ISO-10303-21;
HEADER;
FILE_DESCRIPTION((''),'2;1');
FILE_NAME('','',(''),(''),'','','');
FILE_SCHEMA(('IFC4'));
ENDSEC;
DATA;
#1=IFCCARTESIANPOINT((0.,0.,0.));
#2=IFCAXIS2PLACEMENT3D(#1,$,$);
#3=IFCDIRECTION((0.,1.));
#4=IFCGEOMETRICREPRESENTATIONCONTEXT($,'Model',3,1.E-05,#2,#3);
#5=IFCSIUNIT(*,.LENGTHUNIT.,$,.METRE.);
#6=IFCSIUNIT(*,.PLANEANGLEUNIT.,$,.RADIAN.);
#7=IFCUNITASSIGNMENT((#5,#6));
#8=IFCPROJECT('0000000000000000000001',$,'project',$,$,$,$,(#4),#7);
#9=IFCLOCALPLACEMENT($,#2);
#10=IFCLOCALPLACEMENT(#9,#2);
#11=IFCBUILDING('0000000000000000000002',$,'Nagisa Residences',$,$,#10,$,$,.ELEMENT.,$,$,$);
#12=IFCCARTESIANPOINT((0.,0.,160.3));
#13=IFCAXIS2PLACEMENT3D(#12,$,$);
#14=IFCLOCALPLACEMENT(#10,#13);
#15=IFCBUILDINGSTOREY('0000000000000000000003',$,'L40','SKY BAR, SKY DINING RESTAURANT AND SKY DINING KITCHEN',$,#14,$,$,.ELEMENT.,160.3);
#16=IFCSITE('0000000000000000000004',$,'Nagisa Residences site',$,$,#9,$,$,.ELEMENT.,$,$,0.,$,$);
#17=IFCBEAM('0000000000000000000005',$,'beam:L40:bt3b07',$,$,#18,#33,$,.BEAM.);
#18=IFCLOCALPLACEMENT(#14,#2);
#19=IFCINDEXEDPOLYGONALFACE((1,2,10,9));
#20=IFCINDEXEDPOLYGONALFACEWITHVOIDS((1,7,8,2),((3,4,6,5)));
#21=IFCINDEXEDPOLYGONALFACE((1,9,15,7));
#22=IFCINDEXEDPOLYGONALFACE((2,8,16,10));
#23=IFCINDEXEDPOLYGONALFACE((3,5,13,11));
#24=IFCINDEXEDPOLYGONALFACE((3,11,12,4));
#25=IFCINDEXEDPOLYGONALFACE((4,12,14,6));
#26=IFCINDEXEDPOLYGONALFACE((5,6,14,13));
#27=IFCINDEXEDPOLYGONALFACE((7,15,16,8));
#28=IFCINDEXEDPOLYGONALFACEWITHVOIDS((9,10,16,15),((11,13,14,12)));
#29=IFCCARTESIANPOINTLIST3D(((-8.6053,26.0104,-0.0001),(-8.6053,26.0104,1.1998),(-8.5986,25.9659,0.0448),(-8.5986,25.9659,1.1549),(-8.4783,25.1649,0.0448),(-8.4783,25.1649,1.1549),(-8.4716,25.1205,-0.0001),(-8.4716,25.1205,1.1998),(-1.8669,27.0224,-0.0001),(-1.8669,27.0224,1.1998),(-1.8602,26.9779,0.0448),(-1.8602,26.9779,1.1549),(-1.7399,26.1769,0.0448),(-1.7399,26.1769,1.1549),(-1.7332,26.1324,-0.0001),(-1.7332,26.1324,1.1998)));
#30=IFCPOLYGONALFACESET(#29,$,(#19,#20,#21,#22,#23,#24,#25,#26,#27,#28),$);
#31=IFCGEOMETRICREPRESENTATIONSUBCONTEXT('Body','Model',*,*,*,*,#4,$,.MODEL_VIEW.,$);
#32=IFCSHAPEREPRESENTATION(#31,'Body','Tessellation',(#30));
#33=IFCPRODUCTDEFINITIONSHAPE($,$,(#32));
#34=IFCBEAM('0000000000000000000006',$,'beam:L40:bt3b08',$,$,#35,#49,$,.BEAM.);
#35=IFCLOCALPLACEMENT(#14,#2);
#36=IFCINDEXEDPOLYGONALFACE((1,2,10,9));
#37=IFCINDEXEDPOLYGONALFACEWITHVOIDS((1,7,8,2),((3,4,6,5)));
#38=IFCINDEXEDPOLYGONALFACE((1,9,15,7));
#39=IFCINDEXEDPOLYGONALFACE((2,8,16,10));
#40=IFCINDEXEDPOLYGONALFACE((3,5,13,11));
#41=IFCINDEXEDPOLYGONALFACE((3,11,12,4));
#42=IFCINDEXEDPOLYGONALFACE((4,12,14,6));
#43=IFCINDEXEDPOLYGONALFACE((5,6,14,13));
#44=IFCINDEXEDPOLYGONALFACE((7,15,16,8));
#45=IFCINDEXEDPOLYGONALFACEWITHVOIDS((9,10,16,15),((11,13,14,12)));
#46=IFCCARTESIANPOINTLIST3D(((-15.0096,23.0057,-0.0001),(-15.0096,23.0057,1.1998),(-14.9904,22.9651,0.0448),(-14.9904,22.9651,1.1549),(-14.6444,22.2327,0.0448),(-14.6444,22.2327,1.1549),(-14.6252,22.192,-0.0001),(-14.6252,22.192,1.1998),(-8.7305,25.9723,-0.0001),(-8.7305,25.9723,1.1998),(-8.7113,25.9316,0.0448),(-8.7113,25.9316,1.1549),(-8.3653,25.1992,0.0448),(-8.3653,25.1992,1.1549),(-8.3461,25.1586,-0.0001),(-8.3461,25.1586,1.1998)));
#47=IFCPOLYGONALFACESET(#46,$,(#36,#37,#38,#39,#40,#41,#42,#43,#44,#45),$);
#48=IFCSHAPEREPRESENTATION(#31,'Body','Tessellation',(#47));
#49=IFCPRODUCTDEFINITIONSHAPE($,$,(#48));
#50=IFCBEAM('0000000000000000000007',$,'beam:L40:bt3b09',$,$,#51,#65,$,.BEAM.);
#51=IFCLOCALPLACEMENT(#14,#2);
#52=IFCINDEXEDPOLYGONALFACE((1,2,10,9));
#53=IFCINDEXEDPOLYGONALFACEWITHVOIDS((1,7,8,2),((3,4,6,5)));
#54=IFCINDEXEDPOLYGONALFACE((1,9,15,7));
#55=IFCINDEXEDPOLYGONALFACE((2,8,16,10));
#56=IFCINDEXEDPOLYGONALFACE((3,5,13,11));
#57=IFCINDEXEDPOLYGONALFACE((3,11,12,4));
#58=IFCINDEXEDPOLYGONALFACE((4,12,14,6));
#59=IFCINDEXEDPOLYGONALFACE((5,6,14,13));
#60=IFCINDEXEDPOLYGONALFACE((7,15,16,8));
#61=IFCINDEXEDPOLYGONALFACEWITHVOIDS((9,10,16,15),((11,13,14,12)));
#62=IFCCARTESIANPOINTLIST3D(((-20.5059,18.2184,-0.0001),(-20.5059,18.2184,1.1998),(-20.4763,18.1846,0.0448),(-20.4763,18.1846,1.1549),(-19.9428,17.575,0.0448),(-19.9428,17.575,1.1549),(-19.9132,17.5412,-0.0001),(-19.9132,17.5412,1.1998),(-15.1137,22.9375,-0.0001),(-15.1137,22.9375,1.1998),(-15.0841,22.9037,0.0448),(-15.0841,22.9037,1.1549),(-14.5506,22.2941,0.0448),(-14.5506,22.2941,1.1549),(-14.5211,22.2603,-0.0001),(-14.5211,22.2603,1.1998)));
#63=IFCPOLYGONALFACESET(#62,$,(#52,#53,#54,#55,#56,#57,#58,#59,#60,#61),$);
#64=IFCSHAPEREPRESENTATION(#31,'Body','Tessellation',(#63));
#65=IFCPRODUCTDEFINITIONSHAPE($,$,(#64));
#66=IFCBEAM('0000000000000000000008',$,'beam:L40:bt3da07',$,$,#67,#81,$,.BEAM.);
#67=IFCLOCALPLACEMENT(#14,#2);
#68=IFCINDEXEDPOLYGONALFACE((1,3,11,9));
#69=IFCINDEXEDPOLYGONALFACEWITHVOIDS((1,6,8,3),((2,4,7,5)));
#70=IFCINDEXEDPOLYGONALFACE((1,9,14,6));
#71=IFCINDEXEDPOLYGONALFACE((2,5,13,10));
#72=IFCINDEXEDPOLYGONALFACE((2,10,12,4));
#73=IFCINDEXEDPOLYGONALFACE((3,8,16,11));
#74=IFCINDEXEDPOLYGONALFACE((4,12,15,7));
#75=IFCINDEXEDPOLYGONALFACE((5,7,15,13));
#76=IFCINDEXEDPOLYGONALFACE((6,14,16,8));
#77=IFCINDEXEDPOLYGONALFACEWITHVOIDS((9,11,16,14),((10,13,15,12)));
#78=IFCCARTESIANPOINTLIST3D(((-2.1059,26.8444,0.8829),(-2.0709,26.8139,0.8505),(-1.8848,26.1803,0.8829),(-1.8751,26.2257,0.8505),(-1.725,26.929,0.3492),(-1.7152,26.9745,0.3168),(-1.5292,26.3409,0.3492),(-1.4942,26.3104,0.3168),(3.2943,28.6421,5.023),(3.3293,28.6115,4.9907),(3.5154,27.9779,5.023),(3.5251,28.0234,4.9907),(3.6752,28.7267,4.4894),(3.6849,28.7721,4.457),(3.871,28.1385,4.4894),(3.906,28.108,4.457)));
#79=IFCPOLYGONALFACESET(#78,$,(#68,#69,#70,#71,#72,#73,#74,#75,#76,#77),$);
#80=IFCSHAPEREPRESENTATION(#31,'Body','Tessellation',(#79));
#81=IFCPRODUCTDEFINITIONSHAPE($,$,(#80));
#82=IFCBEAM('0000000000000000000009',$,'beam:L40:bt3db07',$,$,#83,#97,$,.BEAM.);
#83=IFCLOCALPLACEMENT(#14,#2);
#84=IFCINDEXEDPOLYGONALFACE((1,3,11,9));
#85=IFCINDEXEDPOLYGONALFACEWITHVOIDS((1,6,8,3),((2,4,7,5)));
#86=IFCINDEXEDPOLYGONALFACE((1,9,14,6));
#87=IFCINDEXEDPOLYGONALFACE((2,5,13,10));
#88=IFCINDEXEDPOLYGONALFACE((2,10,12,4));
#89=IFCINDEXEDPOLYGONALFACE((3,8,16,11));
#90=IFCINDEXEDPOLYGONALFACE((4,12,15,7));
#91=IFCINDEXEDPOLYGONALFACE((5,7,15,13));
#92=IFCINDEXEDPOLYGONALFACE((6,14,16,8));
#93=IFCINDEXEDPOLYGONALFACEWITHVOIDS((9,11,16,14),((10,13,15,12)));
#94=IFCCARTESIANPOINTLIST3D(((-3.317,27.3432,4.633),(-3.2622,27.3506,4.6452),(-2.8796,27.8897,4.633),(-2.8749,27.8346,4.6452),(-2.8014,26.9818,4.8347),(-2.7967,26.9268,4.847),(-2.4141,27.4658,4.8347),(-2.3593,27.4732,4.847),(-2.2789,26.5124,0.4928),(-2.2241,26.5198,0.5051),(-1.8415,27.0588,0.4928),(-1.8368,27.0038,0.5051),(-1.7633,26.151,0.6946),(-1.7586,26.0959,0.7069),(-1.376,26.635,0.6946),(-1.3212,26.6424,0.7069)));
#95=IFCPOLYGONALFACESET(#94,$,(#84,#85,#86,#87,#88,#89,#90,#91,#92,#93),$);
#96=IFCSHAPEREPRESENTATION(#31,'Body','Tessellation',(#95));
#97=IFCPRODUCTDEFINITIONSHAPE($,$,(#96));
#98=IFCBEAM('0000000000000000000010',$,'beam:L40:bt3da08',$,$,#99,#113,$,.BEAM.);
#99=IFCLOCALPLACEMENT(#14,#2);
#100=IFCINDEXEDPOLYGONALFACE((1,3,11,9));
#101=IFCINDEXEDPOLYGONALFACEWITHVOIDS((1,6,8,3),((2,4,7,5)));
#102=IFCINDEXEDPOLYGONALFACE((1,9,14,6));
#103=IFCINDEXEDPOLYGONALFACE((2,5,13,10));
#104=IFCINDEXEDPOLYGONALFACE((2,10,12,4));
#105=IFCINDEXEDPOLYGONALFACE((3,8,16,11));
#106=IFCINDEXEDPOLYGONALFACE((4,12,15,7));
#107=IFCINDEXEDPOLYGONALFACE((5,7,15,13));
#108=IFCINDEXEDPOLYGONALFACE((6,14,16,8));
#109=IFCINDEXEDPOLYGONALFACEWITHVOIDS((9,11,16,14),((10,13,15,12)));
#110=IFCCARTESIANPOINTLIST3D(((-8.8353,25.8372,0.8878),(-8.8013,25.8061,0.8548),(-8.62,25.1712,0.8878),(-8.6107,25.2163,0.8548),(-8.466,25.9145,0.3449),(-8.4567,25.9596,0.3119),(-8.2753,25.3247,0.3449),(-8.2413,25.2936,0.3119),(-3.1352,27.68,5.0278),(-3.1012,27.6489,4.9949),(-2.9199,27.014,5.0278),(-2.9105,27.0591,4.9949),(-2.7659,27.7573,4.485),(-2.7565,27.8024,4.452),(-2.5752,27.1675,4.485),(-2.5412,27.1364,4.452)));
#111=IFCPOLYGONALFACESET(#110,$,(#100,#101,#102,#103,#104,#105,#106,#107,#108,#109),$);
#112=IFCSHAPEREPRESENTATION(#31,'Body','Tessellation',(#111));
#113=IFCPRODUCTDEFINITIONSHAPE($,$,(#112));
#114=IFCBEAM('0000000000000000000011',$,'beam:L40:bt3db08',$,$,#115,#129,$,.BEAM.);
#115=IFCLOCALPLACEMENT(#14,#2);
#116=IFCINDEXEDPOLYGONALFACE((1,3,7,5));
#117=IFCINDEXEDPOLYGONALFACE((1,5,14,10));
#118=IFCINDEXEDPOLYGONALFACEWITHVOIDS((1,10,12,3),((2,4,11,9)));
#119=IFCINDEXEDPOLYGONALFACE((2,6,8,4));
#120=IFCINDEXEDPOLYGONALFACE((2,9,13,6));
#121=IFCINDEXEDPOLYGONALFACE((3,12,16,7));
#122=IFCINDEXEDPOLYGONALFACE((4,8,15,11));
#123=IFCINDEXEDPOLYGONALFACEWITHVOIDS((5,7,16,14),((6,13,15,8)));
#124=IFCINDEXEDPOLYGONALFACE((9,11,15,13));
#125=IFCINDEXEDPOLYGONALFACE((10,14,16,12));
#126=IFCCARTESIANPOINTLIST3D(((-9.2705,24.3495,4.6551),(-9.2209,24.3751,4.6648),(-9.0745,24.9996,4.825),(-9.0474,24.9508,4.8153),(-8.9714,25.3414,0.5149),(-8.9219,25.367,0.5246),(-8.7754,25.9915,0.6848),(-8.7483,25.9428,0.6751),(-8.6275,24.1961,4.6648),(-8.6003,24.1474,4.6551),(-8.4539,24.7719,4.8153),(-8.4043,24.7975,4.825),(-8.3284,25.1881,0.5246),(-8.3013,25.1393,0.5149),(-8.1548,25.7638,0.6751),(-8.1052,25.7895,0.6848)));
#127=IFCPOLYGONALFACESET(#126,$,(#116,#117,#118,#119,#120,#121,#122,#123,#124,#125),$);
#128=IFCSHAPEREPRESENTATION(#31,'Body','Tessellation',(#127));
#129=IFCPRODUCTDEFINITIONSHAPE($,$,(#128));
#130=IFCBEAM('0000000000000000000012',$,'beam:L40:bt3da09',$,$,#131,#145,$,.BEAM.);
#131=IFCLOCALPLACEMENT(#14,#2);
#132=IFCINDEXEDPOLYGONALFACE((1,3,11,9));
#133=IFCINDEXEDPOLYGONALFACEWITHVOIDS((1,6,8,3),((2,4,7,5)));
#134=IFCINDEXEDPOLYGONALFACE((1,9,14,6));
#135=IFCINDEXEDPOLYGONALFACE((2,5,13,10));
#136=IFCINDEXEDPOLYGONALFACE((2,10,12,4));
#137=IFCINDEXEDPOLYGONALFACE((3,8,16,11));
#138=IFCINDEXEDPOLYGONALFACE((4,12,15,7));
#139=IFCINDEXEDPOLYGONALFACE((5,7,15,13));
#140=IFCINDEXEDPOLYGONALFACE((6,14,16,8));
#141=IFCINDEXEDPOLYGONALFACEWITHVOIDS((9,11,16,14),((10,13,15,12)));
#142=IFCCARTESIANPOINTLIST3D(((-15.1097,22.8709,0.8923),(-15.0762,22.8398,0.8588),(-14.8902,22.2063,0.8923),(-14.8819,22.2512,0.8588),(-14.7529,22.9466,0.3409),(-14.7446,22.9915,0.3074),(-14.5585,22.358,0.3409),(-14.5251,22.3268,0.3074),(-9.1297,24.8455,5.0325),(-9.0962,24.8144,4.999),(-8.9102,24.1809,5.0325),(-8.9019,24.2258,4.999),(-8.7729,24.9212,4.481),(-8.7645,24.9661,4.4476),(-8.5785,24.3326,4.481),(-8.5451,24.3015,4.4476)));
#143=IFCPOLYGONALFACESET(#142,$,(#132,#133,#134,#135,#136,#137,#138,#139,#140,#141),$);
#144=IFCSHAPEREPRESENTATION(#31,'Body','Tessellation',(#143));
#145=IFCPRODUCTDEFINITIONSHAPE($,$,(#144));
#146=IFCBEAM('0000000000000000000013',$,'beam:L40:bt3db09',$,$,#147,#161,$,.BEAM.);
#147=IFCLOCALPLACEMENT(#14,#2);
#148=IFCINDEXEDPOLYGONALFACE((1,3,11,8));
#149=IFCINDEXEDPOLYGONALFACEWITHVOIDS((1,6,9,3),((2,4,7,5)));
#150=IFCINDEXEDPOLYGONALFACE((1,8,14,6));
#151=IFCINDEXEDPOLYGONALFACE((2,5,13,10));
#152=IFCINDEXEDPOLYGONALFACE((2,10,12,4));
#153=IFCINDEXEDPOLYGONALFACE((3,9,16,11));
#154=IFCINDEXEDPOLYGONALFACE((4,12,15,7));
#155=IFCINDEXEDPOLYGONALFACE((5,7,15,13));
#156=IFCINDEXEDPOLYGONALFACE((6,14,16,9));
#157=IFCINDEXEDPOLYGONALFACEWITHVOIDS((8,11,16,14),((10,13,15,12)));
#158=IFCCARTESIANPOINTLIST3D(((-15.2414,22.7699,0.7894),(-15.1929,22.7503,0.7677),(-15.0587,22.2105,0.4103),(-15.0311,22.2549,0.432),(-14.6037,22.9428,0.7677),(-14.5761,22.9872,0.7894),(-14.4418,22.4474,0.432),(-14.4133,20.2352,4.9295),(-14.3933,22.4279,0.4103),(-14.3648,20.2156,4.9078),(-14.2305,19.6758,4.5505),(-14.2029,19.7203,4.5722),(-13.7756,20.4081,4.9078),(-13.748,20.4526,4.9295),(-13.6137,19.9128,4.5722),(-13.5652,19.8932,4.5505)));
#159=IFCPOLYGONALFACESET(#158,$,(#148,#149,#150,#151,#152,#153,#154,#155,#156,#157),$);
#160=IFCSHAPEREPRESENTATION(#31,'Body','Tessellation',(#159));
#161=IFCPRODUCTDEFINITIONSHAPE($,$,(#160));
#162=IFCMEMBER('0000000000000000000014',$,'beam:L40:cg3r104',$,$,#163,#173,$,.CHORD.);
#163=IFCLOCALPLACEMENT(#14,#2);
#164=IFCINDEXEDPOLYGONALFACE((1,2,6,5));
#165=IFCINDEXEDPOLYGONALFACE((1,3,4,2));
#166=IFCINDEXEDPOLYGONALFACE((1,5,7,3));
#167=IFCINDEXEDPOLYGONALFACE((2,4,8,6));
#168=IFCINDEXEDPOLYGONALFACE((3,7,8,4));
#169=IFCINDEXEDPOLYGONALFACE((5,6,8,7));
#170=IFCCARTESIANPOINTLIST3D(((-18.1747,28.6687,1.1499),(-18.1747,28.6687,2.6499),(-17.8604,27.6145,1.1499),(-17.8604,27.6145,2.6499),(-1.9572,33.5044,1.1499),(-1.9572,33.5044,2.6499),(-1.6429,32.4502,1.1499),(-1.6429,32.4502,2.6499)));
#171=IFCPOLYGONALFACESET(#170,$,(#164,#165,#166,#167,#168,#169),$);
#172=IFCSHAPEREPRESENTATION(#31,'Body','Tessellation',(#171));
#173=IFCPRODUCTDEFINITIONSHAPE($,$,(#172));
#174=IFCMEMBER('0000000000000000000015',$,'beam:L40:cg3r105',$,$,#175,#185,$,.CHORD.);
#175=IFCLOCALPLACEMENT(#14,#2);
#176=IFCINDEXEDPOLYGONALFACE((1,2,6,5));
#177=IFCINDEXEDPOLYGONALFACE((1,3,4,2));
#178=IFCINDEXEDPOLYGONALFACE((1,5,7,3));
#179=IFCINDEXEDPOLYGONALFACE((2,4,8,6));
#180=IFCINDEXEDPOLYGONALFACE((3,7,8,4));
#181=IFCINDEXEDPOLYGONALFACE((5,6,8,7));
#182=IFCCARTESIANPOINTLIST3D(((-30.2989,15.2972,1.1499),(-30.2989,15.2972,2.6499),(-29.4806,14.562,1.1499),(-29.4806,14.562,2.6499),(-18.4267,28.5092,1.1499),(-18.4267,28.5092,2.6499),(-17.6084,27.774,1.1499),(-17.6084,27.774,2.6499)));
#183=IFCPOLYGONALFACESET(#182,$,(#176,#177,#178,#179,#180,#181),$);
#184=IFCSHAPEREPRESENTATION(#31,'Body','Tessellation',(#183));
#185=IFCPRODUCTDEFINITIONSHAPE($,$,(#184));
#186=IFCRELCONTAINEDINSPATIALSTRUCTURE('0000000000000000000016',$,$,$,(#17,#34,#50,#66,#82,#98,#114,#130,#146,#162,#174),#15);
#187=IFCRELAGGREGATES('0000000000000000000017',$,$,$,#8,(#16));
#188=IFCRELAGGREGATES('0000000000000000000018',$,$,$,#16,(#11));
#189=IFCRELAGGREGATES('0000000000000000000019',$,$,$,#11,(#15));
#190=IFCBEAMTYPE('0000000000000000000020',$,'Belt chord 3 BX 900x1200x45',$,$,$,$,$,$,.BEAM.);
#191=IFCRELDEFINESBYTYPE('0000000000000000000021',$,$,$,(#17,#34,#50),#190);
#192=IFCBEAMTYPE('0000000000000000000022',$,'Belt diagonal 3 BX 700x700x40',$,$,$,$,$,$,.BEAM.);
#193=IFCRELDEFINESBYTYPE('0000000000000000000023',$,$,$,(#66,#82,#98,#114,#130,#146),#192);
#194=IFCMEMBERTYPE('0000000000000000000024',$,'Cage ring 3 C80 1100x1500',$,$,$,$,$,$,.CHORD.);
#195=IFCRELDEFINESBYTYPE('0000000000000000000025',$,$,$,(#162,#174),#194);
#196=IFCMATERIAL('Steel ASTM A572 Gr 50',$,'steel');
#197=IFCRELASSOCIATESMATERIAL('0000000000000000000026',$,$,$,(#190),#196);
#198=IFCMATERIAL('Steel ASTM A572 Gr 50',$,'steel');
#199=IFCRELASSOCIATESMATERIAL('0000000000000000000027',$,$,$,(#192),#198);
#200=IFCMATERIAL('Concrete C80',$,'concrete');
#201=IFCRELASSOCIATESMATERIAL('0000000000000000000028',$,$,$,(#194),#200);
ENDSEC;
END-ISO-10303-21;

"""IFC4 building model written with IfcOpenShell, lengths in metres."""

from ifc_helpers import new_model, si_unit, direction, frame, origin, origin_2d, place, context, subcontext, project, spatial, rectangle, hollow_rectangle, extrude, material, material_profile, profile_set, type_object, element, save


model = new_model("IFC4")

# Units and contexts
model_context = context("Model", 3, precision=1e-05, world=origin(), true_north=direction((0.0, 1.0)))
body_context = subcontext(model_context, "Body", "Model", "MODEL_VIEW")
ifc_project = project(units=[si_unit("LENGTHUNIT", "METRE"), si_unit("PLANEANGLEUNIT", "RADIAN")], contexts=[model_context])

# Site, building, storey
site_placement = place(None, origin())
site = spatial("IfcSite", under=ifc_project, at=site_placement, Name="Nagisa Residences site", CompositionType="ELEMENT", RefElevation=0.0)
building_placement = place(site_placement, origin())
building = spatial("IfcBuilding", under=site, at=building_placement, Name="Nagisa Residences", CompositionType="ELEMENT")
storey_placement = place(building_placement, frame((0.0, 0.0, 160.3)))
storey = spatial("IfcBuildingStorey", under=building, at=storey_placement, Name="L40", Description="SKY BAR, SKY DINING RESTAURANT AND SKY DINING KITCHEN", CompositionType="ELEMENT", Elevation=160.3)

# Beams
ifc_material_1 = material(Name="Steel ASTM A572 Gr 50", Category="steel")
ifc_material_profile_1 = material_profile(ifc_material_1, hollow_rectangle(XDim=0.8999, YDim=1.2, WallThickness=0.0449, at=origin_2d()), Name="BX 900x1200x45")
ifc_profile_set_1 = profile_set([ifc_material_profile_1], Name="Steel ASTM A572 Gr 50")
beam_type_1 = type_object("IfcBeamType", Name="Belt chord 3 BX 900x1200x45", PredefinedType="BEAM", material=ifc_profile_set_1)
beam_1_placement = place(storey_placement, frame((-1.8, 26.5774, 0.5999), z_axis=(-0.98891, -0.148516, 0.0), x_axis=(0.148516, -0.98891, 0.0)))
element("IfcBeam", 1, at=beam_1_placement, inside=storey, type_object=beam_type_1, Name="beam:L40:bt3b07", PredefinedType="BEAM", context=body_context, shape_type="SweptSolid", body=[
    extrude(hollow_rectangle(XDim=0.8999, YDim=1.2, WallThickness=0.0449, at=origin_2d()), origin(), (0.0, 0.0, 1.0), 6.814),
])
beam_2_placement = place(storey_placement, frame((-8.5383, 25.5654, 0.5999), z_axis=(-0.904168, -0.427176, 0.0), x_axis=(0.427176, -0.904168, 0.0)))
element("IfcBeam", 2, at=beam_2_placement, inside=storey, type_object=beam_type_1, Name="beam:L40:bt3b08", PredefinedType="BEAM", context=body_context, shape_type="SweptSolid", body=[
    extrude(hollow_rectangle(XDim=0.8999, YDim=1.2, WallThickness=0.0449, at=origin_2d()), origin(), (0.0, 0.0, 1.0), 6.9446),
])
beam_3_placement = place(storey_placement, frame((-14.8174, 22.5989, 0.5999), z_axis=(-0.752513, -0.658577, 0.0), x_axis=(0.658577, -0.752513, 0.0)))
element("IfcBeam", 3, at=beam_3_placement, inside=storey, type_object=beam_type_1, Name="beam:L40:bt3b09", PredefinedType="BEAM", context=body_context, shape_type="SweptSolid", body=[
    extrude(hollow_rectangle(XDim=0.8999, YDim=1.2, WallThickness=0.0449, at=origin_2d()), origin(), (0.0, 0.0, 1.0), 7.1655),
])
ifc_material_2 = material(Name="Steel ASTM A572 Gr 50", Category="steel")
ifc_material_profile_2 = material_profile(ifc_material_2, hollow_rectangle(XDim=0.7, YDim=0.7, WallThickness=0.04, at=origin_2d()), Name="BX 700x700x40")
ifc_profile_set_2 = profile_set([ifc_material_profile_2], Name="Steel ASTM A572 Gr 50")
beam_type_2 = type_object("IfcBeamType", Name="Belt diagonal 3 BX 700x700x40", PredefinedType="BEAM", material=ifc_profile_set_2)
beam_4_placement = place(storey_placement, frame((-1.8, 26.5774, 0.5999), z_axis=(0.767282, 0.255414, 0.588253), x_axis=(-0.315842, 0.948812, 0.0)))
element("IfcBeam", 4, at=beam_4_placement, inside=storey, type_object=beam_type_2, Name="beam:L40:bt3da07", PredefinedType="BEAM", context=body_context, shape_type="SweptSolid", body=[
    extrude(hollow_rectangle(XDim=0.7, YDim=0.7, WallThickness=0.04, at=origin_2d()), origin(), (0.0, 0.0, 1.0), 7.0381),
])
beam_5_placement = place(storey_placement, frame((-1.8, 26.5774, 0.5999), z_axis=(-0.238728, 0.191061, 0.952105), x_axis=(-0.624852, -0.780743, 0.0)))
element("IfcBeam", 5, at=beam_5_placement, inside=storey, type_object=beam_type_2, Name="beam:L40:bt3db07", PredefinedType="BEAM", context=body_context, shape_type="SweptSolid", body=[
    extrude(hollow_rectangle(XDim=0.7, YDim=0.7, WallThickness=0.04, at=origin_2d()), origin(), (0.0, 0.0, 1.0), 4.3484),
])
beam_6_placement = place(storey_placement, frame((-8.5383, 25.5654, 0.5999), z_axis=(0.78277, 0.253056, 0.568537), x_axis=(-0.307608, 0.951513, 0.0)))
element("IfcBeam", 6, at=beam_6_placement, inside=storey, type_object=beam_type_2, Name="beam:L40:bt3da08", PredefinedType="BEAM", context=body_context, shape_type="SweptSolid", body=[
    extrude(hollow_rectangle(XDim=0.7, YDim=0.7, WallThickness=0.04, at=origin_2d()), origin(), (0.0, 0.0, 1.0), 7.282),
])
beam_7_placement = place(storey_placement, frame((-8.5383, 25.5654, 0.5999), z_axis=(-0.070076, -0.232425, 0.970087), x_axis=(0.95743, -0.288666, 0.0)))
element("IfcBeam", 7, at=beam_7_placement, inside=storey, type_object=beam_type_2, Name="beam:L40:bt3db08", PredefinedType="BEAM", context=body_context, shape_type="SweptSolid", body=[
    extrude(hollow_rectangle(XDim=0.7, YDim=0.7, WallThickness=0.04, at=origin_2d()), origin(), (0.0, 0.0, 1.0), 4.2678),
])
beam_8_placement = place(storey_placement, frame((-14.8174, 22.5989, 0.5999), z_axis=(0.793461, 0.262004, 0.549339), x_axis=(-0.313552, 0.949571, 0.0)))
element("IfcBeam", 8, at=beam_8_placement, inside=storey, type_object=beam_type_2, Name="beam:L40:bt3da09", PredefinedType="BEAM", context=body_context, shape_type="SweptSolid", body=[
    extrude(hollow_rectangle(XDim=0.7, YDim=0.7, WallThickness=0.04, at=origin_2d()), origin(), (0.0, 0.0, 1.0), 7.5366),
])
beam_9_placement = place(storey_placement, frame((-14.8174, 22.5989, 0.5999), z_axis=(0.168163, -0.514702, 0.840716), x_axis=(0.950553, 0.310564, 0.0)))
element("IfcBeam", 9, at=beam_9_placement, inside=storey, type_object=beam_type_2, Name="beam:L40:bt3db09", PredefinedType="BEAM", context=body_context, shape_type="SweptSolid", body=[
    extrude(hollow_rectangle(XDim=0.7, YDim=0.7, WallThickness=0.04, at=origin_2d()), origin(), (0.0, 0.0, 1.0), 4.9246),
])

# Members
ifc_material_3 = material(Name="Concrete C80", Category="concrete")
ifc_material_profile_3 = material_profile(ifc_material_3, rectangle(XDim=1.1001, YDim=1.5, at=origin_2d()), Name="C80 1100x1500")
ifc_profile_set_3 = profile_set([ifc_material_profile_3], Name="Concrete C80")
member_type_1 = type_object("IfcMemberType", Name="Cage ring 3 C80 1100x1500", PredefinedType="CHORD", material=ifc_profile_set_3)
member_1_placement = place(storey_placement, frame((-1.8, 32.9773, 1.8999), z_axis=(-0.958306, -0.285745, 0.0), x_axis=(0.285745, -0.958306, 0.0)))
element("IfcMember", 10, at=member_1_placement, inside=storey, type_object=member_type_1, Name="beam:L40:cg3r104", PredefinedType="CHORD", context=body_context, shape_type="SweptSolid", body=[
    extrude(rectangle(XDim=1.1001, YDim=1.5, at=origin_2d()), origin(), (0.0, 0.0, 1.0), 16.9231),
])
member_2_placement = place(storey_placement, frame((-18.0176, 28.1416, 1.8999), z_axis=(-0.668384, -0.743816, 0.0), x_axis=(0.743816, -0.668384, 0.0)))
element("IfcMember", 11, at=member_2_placement, inside=storey, type_object=member_type_1, Name="beam:L40:cg3r105", PredefinedType="CHORD", context=body_context, shape_type="SweptSolid", body=[
    extrude(rectangle(XDim=1.1001, YDim=1.5, at=origin_2d()), origin(), (0.0, 0.0, 1.0), 17.7625),
])

save(model, "model.ifc")
